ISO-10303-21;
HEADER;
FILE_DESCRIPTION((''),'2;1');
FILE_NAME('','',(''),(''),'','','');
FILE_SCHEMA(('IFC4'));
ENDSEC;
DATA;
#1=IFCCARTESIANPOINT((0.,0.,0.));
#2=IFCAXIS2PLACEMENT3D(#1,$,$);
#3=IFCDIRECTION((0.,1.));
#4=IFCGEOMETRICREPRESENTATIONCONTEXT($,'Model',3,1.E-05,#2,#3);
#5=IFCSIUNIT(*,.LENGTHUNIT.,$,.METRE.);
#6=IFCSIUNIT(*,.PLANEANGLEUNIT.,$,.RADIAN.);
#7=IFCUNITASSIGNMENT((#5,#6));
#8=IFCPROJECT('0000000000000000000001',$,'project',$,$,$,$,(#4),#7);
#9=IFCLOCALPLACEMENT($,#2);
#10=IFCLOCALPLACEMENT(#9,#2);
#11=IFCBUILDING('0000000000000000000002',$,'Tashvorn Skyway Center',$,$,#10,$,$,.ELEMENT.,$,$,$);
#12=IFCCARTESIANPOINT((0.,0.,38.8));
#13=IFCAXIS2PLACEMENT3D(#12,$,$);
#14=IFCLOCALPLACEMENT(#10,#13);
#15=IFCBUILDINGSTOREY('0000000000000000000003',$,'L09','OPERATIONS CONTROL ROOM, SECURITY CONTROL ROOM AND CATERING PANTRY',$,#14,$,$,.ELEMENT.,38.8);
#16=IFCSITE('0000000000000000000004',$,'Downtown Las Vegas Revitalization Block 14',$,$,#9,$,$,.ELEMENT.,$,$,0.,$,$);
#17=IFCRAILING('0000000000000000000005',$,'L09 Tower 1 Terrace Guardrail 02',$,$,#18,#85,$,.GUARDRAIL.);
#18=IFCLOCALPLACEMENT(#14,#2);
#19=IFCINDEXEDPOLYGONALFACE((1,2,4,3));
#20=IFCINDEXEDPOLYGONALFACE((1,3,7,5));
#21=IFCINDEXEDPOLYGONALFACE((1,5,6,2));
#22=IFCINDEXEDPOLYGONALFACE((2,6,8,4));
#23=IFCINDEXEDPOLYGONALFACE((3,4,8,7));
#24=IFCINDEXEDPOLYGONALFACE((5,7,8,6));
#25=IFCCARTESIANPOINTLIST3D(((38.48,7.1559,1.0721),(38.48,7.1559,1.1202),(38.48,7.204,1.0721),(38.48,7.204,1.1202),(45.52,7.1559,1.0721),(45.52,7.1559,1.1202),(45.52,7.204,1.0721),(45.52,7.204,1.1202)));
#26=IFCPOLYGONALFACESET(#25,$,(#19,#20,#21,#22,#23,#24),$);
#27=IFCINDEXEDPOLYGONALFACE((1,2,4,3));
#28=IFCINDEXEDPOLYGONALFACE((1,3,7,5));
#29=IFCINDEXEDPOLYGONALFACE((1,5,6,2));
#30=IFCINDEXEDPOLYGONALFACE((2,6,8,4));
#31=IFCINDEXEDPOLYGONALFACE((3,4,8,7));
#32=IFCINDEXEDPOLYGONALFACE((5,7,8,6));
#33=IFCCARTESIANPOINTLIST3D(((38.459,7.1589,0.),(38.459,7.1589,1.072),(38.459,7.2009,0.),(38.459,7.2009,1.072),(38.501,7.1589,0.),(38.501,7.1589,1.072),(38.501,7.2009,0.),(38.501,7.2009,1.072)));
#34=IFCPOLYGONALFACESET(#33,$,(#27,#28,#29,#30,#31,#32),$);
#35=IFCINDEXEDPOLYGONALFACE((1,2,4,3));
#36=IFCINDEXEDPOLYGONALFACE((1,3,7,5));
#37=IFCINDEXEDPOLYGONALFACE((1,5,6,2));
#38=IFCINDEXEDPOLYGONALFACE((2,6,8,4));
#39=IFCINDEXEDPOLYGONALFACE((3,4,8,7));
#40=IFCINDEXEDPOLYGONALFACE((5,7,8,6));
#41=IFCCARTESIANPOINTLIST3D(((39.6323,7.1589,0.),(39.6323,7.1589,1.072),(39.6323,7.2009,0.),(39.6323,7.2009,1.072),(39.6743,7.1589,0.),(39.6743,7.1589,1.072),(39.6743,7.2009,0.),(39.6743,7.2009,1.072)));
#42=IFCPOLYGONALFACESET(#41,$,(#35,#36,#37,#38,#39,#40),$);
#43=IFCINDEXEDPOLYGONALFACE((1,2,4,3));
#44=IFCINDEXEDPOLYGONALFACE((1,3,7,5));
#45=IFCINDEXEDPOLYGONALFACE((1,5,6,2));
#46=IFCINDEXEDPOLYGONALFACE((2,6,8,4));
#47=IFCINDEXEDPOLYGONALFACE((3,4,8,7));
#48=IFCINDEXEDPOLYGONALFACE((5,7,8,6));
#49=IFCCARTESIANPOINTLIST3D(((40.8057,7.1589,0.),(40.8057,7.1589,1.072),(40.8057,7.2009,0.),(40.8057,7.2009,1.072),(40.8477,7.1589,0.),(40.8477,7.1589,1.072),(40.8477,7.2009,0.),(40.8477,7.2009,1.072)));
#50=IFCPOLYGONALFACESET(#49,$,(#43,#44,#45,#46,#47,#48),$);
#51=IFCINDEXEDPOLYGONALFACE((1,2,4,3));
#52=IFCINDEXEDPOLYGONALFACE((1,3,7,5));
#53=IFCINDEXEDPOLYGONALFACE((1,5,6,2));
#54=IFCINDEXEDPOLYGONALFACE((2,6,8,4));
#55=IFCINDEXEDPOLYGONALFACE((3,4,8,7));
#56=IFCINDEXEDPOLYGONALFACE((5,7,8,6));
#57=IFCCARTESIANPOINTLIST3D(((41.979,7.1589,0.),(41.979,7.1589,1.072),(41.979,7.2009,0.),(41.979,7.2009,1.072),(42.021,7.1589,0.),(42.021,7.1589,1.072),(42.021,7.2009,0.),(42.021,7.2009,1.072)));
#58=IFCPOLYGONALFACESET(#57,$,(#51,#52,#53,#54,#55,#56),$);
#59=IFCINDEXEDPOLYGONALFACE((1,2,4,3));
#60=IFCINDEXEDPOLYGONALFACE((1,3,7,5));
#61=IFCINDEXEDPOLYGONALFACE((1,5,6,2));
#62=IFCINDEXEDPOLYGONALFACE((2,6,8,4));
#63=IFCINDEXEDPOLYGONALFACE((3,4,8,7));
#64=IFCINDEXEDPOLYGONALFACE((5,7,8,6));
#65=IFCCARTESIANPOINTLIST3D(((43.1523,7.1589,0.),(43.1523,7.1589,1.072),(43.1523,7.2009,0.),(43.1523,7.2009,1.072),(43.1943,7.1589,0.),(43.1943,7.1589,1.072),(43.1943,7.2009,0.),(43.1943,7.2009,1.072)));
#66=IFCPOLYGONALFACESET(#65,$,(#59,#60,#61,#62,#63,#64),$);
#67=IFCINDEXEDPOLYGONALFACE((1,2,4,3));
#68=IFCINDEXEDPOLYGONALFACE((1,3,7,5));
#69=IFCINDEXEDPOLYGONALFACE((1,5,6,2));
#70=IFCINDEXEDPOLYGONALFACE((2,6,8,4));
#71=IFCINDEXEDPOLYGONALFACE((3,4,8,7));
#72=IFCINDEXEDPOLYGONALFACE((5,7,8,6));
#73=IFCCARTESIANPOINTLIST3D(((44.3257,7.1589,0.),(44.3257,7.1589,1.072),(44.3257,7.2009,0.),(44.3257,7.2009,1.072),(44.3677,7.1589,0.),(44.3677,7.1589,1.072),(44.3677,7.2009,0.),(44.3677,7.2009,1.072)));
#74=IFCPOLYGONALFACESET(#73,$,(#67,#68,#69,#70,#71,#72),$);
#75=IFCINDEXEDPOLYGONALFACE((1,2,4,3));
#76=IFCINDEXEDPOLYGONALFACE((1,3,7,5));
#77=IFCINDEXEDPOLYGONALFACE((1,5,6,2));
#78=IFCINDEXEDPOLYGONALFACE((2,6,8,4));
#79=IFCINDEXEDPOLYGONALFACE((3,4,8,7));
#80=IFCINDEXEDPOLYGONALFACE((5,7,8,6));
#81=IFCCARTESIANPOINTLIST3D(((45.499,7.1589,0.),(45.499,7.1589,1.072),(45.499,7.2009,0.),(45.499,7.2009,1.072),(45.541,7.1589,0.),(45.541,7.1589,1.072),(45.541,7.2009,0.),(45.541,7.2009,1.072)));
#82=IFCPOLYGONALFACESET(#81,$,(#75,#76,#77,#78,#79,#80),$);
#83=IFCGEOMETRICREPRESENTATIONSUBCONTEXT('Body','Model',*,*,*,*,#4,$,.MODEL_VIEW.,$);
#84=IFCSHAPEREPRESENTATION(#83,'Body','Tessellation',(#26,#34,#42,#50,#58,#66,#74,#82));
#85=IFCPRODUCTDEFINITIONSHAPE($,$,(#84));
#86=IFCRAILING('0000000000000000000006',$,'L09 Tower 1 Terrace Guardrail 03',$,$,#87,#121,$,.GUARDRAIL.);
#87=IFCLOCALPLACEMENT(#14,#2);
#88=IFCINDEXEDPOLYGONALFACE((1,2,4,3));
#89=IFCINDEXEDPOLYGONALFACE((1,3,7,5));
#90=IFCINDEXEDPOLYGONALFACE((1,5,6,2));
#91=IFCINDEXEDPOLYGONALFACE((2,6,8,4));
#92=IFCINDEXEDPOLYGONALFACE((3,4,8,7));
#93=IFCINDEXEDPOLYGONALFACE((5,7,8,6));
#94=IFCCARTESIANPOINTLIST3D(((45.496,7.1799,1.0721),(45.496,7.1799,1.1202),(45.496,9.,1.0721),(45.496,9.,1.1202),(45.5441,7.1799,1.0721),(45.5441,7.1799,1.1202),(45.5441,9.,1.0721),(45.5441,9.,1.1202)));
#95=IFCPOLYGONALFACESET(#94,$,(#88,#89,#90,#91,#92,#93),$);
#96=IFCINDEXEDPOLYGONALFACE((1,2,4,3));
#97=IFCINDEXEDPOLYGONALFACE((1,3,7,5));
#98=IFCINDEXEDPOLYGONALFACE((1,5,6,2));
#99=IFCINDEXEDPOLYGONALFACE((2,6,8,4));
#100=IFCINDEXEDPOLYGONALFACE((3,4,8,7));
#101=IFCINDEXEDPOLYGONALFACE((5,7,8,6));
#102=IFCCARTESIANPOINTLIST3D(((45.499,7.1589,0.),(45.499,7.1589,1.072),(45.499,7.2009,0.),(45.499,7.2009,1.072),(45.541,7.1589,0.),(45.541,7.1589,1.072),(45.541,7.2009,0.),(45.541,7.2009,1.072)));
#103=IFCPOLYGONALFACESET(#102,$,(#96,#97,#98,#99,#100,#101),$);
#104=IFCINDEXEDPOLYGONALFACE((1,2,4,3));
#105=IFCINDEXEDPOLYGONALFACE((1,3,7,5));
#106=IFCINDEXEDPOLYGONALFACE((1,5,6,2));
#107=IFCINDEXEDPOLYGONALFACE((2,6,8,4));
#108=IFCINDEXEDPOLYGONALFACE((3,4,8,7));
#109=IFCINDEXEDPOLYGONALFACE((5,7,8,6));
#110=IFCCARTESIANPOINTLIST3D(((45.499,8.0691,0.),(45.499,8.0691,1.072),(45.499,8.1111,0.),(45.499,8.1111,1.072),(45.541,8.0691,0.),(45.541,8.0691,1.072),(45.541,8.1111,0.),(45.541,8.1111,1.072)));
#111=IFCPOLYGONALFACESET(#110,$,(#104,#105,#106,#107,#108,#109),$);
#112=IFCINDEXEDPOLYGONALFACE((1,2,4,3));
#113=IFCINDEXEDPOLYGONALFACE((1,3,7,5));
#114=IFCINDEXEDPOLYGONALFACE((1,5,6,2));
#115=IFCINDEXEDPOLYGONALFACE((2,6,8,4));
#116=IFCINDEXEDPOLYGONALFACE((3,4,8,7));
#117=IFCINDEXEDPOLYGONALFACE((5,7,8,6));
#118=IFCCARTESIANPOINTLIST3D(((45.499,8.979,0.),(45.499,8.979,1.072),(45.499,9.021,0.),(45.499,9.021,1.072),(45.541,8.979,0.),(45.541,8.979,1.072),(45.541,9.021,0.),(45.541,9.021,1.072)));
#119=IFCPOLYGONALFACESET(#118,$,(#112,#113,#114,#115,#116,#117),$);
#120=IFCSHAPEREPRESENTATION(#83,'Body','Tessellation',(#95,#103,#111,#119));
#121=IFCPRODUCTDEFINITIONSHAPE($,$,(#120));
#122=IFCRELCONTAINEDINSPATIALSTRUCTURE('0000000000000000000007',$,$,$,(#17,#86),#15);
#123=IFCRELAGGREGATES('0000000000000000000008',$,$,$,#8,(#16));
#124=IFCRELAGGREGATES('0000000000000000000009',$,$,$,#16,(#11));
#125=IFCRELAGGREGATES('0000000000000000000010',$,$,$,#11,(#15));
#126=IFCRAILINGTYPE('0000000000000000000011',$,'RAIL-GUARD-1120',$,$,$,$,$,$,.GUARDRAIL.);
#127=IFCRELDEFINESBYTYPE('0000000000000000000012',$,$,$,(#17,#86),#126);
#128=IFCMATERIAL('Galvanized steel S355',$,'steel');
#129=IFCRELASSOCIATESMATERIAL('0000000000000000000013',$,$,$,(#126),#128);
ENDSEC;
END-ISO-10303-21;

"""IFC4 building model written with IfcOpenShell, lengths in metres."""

from ifc_helpers import new_model, si_unit, direction, frame, origin, origin_2d, place, context, subcontext, project, spatial, rectangle, extrude, material, type_object, element, save


model = new_model("IFC4")

# Units and contexts
model_context = context("Model", 3, precision=1e-05, world=origin(), true_north=direction((0.0, 1.0)))
body_context = subcontext(model_context, "Body", "Model", "MODEL_VIEW")
ifc_project = project(units=[si_unit("LENGTHUNIT", "METRE"), si_unit("PLANEANGLEUNIT", "RADIAN")], contexts=[model_context])

# Site, building, storey
site_placement = place(None, origin())
site = spatial("IfcSite", under=ifc_project, at=site_placement, Name="Downtown Las Vegas Revitalization Block 14", CompositionType="ELEMENT", RefElevation=0.0)
building_placement = place(site_placement, origin())
building = spatial("IfcBuilding", under=site, at=building_placement, Name="Tashvorn Skyway Center", CompositionType="ELEMENT")
storey_placement = place(building_placement, frame((0.0, 0.0, 38.8)))
storey = spatial("IfcBuildingStorey", under=building, at=storey_placement, Name="L09", Description="OPERATIONS CONTROL ROOM, SECURITY CONTROL ROOM AND CATERING PANTRY", CompositionType="ELEMENT", Elevation=38.8)

# Railings
ifc_material_1 = material(Name="Galvanized steel S355", Category="steel")
railing_type = type_object("IfcRailingType", Name="RAIL-GUARD-1120", PredefinedType="GUARDRAIL", material=ifc_material_1)
railing_1_placement = place(storey_placement, frame((38.48, 7.1799, 0.0)))
element("IfcRailing", 1, at=railing_1_placement, inside=storey, type_object=railing_type, Name="L09 Tower 1 Terrace Guardrail 02", PredefinedType="GUARDRAIL", context=body_context, shape_type="SweptSolid", body=[
    extrude(rectangle(XDim=0.0481, YDim=0.0481, at=origin_2d()), frame((0.0, 0.0, 1.0962), z_axis=(1.0, 0.0, 0.0), x_axis=(0.0, 1.0, 0.0)), (0.0, 0.0, 1.0), 7.04),
    extrude(rectangle(XDim=0.042, YDim=0.042, at=origin_2d()), origin(), (0.0, 0.0, 1.0), 1.072),
    extrude(rectangle(XDim=0.042, YDim=0.042, at=origin_2d()), frame((1.1733, 0.0, 0.0)), (0.0, 0.0, 1.0), 1.072),
    extrude(rectangle(XDim=0.042, YDim=0.042, at=origin_2d()), frame((2.3467, 0.0, 0.0)), (0.0, 0.0, 1.0), 1.072),
    extrude(rectangle(XDim=0.042, YDim=0.042, at=origin_2d()), frame((3.52, 0.0, 0.0)), (0.0, 0.0, 1.0), 1.072),
    extrude(rectangle(XDim=0.042, YDim=0.042, at=origin_2d()), frame((4.6934, 0.0, 0.0)), (0.0, 0.0, 1.0), 1.072),
    extrude(rectangle(XDim=0.042, YDim=0.042, at=origin_2d()), frame((5.8667, 0.0, 0.0)), (0.0, 0.0, 1.0), 1.072),
    extrude(rectangle(XDim=0.042, YDim=0.042, at=origin_2d()), frame((7.04, 0.0, 0.0)), (0.0, 0.0, 1.0), 1.072),
])
railing_2_placement = place(storey_placement, frame((45.52, 7.1799, 0.0)))
element("IfcRailing", 2, at=railing_2_placement, inside=storey, type_object=railing_type, Name="L09 Tower 1 Terrace Guardrail 03", PredefinedType="GUARDRAIL", context=body_context, shape_type="SweptSolid", body=[
    extrude(rectangle(XDim=0.0481, YDim=0.0481, at=origin_2d()), frame((0.0, 0.0, 1.0962), z_axis=(0.0, 1.0, 0.0), x_axis=(-1.0, 0.0, 0.0)), (0.0, 0.0, 1.0), 1.8201),
    extrude(rectangle(XDim=0.042, YDim=0.042, at=origin_2d()), origin(), (0.0, 0.0, 1.0), 1.072),
    extrude(rectangle(XDim=0.042, YDim=0.042, at=origin_2d()), frame((0.0, 0.9102, 0.0)), (0.0, 0.0, 1.0), 1.072),
    extrude(rectangle(XDim=0.042, YDim=0.042, at=origin_2d()), frame((0.0, 1.8201, 0.0)), (0.0, 0.0, 1.0), 1.072),
])

save(model, "model.ifc")
